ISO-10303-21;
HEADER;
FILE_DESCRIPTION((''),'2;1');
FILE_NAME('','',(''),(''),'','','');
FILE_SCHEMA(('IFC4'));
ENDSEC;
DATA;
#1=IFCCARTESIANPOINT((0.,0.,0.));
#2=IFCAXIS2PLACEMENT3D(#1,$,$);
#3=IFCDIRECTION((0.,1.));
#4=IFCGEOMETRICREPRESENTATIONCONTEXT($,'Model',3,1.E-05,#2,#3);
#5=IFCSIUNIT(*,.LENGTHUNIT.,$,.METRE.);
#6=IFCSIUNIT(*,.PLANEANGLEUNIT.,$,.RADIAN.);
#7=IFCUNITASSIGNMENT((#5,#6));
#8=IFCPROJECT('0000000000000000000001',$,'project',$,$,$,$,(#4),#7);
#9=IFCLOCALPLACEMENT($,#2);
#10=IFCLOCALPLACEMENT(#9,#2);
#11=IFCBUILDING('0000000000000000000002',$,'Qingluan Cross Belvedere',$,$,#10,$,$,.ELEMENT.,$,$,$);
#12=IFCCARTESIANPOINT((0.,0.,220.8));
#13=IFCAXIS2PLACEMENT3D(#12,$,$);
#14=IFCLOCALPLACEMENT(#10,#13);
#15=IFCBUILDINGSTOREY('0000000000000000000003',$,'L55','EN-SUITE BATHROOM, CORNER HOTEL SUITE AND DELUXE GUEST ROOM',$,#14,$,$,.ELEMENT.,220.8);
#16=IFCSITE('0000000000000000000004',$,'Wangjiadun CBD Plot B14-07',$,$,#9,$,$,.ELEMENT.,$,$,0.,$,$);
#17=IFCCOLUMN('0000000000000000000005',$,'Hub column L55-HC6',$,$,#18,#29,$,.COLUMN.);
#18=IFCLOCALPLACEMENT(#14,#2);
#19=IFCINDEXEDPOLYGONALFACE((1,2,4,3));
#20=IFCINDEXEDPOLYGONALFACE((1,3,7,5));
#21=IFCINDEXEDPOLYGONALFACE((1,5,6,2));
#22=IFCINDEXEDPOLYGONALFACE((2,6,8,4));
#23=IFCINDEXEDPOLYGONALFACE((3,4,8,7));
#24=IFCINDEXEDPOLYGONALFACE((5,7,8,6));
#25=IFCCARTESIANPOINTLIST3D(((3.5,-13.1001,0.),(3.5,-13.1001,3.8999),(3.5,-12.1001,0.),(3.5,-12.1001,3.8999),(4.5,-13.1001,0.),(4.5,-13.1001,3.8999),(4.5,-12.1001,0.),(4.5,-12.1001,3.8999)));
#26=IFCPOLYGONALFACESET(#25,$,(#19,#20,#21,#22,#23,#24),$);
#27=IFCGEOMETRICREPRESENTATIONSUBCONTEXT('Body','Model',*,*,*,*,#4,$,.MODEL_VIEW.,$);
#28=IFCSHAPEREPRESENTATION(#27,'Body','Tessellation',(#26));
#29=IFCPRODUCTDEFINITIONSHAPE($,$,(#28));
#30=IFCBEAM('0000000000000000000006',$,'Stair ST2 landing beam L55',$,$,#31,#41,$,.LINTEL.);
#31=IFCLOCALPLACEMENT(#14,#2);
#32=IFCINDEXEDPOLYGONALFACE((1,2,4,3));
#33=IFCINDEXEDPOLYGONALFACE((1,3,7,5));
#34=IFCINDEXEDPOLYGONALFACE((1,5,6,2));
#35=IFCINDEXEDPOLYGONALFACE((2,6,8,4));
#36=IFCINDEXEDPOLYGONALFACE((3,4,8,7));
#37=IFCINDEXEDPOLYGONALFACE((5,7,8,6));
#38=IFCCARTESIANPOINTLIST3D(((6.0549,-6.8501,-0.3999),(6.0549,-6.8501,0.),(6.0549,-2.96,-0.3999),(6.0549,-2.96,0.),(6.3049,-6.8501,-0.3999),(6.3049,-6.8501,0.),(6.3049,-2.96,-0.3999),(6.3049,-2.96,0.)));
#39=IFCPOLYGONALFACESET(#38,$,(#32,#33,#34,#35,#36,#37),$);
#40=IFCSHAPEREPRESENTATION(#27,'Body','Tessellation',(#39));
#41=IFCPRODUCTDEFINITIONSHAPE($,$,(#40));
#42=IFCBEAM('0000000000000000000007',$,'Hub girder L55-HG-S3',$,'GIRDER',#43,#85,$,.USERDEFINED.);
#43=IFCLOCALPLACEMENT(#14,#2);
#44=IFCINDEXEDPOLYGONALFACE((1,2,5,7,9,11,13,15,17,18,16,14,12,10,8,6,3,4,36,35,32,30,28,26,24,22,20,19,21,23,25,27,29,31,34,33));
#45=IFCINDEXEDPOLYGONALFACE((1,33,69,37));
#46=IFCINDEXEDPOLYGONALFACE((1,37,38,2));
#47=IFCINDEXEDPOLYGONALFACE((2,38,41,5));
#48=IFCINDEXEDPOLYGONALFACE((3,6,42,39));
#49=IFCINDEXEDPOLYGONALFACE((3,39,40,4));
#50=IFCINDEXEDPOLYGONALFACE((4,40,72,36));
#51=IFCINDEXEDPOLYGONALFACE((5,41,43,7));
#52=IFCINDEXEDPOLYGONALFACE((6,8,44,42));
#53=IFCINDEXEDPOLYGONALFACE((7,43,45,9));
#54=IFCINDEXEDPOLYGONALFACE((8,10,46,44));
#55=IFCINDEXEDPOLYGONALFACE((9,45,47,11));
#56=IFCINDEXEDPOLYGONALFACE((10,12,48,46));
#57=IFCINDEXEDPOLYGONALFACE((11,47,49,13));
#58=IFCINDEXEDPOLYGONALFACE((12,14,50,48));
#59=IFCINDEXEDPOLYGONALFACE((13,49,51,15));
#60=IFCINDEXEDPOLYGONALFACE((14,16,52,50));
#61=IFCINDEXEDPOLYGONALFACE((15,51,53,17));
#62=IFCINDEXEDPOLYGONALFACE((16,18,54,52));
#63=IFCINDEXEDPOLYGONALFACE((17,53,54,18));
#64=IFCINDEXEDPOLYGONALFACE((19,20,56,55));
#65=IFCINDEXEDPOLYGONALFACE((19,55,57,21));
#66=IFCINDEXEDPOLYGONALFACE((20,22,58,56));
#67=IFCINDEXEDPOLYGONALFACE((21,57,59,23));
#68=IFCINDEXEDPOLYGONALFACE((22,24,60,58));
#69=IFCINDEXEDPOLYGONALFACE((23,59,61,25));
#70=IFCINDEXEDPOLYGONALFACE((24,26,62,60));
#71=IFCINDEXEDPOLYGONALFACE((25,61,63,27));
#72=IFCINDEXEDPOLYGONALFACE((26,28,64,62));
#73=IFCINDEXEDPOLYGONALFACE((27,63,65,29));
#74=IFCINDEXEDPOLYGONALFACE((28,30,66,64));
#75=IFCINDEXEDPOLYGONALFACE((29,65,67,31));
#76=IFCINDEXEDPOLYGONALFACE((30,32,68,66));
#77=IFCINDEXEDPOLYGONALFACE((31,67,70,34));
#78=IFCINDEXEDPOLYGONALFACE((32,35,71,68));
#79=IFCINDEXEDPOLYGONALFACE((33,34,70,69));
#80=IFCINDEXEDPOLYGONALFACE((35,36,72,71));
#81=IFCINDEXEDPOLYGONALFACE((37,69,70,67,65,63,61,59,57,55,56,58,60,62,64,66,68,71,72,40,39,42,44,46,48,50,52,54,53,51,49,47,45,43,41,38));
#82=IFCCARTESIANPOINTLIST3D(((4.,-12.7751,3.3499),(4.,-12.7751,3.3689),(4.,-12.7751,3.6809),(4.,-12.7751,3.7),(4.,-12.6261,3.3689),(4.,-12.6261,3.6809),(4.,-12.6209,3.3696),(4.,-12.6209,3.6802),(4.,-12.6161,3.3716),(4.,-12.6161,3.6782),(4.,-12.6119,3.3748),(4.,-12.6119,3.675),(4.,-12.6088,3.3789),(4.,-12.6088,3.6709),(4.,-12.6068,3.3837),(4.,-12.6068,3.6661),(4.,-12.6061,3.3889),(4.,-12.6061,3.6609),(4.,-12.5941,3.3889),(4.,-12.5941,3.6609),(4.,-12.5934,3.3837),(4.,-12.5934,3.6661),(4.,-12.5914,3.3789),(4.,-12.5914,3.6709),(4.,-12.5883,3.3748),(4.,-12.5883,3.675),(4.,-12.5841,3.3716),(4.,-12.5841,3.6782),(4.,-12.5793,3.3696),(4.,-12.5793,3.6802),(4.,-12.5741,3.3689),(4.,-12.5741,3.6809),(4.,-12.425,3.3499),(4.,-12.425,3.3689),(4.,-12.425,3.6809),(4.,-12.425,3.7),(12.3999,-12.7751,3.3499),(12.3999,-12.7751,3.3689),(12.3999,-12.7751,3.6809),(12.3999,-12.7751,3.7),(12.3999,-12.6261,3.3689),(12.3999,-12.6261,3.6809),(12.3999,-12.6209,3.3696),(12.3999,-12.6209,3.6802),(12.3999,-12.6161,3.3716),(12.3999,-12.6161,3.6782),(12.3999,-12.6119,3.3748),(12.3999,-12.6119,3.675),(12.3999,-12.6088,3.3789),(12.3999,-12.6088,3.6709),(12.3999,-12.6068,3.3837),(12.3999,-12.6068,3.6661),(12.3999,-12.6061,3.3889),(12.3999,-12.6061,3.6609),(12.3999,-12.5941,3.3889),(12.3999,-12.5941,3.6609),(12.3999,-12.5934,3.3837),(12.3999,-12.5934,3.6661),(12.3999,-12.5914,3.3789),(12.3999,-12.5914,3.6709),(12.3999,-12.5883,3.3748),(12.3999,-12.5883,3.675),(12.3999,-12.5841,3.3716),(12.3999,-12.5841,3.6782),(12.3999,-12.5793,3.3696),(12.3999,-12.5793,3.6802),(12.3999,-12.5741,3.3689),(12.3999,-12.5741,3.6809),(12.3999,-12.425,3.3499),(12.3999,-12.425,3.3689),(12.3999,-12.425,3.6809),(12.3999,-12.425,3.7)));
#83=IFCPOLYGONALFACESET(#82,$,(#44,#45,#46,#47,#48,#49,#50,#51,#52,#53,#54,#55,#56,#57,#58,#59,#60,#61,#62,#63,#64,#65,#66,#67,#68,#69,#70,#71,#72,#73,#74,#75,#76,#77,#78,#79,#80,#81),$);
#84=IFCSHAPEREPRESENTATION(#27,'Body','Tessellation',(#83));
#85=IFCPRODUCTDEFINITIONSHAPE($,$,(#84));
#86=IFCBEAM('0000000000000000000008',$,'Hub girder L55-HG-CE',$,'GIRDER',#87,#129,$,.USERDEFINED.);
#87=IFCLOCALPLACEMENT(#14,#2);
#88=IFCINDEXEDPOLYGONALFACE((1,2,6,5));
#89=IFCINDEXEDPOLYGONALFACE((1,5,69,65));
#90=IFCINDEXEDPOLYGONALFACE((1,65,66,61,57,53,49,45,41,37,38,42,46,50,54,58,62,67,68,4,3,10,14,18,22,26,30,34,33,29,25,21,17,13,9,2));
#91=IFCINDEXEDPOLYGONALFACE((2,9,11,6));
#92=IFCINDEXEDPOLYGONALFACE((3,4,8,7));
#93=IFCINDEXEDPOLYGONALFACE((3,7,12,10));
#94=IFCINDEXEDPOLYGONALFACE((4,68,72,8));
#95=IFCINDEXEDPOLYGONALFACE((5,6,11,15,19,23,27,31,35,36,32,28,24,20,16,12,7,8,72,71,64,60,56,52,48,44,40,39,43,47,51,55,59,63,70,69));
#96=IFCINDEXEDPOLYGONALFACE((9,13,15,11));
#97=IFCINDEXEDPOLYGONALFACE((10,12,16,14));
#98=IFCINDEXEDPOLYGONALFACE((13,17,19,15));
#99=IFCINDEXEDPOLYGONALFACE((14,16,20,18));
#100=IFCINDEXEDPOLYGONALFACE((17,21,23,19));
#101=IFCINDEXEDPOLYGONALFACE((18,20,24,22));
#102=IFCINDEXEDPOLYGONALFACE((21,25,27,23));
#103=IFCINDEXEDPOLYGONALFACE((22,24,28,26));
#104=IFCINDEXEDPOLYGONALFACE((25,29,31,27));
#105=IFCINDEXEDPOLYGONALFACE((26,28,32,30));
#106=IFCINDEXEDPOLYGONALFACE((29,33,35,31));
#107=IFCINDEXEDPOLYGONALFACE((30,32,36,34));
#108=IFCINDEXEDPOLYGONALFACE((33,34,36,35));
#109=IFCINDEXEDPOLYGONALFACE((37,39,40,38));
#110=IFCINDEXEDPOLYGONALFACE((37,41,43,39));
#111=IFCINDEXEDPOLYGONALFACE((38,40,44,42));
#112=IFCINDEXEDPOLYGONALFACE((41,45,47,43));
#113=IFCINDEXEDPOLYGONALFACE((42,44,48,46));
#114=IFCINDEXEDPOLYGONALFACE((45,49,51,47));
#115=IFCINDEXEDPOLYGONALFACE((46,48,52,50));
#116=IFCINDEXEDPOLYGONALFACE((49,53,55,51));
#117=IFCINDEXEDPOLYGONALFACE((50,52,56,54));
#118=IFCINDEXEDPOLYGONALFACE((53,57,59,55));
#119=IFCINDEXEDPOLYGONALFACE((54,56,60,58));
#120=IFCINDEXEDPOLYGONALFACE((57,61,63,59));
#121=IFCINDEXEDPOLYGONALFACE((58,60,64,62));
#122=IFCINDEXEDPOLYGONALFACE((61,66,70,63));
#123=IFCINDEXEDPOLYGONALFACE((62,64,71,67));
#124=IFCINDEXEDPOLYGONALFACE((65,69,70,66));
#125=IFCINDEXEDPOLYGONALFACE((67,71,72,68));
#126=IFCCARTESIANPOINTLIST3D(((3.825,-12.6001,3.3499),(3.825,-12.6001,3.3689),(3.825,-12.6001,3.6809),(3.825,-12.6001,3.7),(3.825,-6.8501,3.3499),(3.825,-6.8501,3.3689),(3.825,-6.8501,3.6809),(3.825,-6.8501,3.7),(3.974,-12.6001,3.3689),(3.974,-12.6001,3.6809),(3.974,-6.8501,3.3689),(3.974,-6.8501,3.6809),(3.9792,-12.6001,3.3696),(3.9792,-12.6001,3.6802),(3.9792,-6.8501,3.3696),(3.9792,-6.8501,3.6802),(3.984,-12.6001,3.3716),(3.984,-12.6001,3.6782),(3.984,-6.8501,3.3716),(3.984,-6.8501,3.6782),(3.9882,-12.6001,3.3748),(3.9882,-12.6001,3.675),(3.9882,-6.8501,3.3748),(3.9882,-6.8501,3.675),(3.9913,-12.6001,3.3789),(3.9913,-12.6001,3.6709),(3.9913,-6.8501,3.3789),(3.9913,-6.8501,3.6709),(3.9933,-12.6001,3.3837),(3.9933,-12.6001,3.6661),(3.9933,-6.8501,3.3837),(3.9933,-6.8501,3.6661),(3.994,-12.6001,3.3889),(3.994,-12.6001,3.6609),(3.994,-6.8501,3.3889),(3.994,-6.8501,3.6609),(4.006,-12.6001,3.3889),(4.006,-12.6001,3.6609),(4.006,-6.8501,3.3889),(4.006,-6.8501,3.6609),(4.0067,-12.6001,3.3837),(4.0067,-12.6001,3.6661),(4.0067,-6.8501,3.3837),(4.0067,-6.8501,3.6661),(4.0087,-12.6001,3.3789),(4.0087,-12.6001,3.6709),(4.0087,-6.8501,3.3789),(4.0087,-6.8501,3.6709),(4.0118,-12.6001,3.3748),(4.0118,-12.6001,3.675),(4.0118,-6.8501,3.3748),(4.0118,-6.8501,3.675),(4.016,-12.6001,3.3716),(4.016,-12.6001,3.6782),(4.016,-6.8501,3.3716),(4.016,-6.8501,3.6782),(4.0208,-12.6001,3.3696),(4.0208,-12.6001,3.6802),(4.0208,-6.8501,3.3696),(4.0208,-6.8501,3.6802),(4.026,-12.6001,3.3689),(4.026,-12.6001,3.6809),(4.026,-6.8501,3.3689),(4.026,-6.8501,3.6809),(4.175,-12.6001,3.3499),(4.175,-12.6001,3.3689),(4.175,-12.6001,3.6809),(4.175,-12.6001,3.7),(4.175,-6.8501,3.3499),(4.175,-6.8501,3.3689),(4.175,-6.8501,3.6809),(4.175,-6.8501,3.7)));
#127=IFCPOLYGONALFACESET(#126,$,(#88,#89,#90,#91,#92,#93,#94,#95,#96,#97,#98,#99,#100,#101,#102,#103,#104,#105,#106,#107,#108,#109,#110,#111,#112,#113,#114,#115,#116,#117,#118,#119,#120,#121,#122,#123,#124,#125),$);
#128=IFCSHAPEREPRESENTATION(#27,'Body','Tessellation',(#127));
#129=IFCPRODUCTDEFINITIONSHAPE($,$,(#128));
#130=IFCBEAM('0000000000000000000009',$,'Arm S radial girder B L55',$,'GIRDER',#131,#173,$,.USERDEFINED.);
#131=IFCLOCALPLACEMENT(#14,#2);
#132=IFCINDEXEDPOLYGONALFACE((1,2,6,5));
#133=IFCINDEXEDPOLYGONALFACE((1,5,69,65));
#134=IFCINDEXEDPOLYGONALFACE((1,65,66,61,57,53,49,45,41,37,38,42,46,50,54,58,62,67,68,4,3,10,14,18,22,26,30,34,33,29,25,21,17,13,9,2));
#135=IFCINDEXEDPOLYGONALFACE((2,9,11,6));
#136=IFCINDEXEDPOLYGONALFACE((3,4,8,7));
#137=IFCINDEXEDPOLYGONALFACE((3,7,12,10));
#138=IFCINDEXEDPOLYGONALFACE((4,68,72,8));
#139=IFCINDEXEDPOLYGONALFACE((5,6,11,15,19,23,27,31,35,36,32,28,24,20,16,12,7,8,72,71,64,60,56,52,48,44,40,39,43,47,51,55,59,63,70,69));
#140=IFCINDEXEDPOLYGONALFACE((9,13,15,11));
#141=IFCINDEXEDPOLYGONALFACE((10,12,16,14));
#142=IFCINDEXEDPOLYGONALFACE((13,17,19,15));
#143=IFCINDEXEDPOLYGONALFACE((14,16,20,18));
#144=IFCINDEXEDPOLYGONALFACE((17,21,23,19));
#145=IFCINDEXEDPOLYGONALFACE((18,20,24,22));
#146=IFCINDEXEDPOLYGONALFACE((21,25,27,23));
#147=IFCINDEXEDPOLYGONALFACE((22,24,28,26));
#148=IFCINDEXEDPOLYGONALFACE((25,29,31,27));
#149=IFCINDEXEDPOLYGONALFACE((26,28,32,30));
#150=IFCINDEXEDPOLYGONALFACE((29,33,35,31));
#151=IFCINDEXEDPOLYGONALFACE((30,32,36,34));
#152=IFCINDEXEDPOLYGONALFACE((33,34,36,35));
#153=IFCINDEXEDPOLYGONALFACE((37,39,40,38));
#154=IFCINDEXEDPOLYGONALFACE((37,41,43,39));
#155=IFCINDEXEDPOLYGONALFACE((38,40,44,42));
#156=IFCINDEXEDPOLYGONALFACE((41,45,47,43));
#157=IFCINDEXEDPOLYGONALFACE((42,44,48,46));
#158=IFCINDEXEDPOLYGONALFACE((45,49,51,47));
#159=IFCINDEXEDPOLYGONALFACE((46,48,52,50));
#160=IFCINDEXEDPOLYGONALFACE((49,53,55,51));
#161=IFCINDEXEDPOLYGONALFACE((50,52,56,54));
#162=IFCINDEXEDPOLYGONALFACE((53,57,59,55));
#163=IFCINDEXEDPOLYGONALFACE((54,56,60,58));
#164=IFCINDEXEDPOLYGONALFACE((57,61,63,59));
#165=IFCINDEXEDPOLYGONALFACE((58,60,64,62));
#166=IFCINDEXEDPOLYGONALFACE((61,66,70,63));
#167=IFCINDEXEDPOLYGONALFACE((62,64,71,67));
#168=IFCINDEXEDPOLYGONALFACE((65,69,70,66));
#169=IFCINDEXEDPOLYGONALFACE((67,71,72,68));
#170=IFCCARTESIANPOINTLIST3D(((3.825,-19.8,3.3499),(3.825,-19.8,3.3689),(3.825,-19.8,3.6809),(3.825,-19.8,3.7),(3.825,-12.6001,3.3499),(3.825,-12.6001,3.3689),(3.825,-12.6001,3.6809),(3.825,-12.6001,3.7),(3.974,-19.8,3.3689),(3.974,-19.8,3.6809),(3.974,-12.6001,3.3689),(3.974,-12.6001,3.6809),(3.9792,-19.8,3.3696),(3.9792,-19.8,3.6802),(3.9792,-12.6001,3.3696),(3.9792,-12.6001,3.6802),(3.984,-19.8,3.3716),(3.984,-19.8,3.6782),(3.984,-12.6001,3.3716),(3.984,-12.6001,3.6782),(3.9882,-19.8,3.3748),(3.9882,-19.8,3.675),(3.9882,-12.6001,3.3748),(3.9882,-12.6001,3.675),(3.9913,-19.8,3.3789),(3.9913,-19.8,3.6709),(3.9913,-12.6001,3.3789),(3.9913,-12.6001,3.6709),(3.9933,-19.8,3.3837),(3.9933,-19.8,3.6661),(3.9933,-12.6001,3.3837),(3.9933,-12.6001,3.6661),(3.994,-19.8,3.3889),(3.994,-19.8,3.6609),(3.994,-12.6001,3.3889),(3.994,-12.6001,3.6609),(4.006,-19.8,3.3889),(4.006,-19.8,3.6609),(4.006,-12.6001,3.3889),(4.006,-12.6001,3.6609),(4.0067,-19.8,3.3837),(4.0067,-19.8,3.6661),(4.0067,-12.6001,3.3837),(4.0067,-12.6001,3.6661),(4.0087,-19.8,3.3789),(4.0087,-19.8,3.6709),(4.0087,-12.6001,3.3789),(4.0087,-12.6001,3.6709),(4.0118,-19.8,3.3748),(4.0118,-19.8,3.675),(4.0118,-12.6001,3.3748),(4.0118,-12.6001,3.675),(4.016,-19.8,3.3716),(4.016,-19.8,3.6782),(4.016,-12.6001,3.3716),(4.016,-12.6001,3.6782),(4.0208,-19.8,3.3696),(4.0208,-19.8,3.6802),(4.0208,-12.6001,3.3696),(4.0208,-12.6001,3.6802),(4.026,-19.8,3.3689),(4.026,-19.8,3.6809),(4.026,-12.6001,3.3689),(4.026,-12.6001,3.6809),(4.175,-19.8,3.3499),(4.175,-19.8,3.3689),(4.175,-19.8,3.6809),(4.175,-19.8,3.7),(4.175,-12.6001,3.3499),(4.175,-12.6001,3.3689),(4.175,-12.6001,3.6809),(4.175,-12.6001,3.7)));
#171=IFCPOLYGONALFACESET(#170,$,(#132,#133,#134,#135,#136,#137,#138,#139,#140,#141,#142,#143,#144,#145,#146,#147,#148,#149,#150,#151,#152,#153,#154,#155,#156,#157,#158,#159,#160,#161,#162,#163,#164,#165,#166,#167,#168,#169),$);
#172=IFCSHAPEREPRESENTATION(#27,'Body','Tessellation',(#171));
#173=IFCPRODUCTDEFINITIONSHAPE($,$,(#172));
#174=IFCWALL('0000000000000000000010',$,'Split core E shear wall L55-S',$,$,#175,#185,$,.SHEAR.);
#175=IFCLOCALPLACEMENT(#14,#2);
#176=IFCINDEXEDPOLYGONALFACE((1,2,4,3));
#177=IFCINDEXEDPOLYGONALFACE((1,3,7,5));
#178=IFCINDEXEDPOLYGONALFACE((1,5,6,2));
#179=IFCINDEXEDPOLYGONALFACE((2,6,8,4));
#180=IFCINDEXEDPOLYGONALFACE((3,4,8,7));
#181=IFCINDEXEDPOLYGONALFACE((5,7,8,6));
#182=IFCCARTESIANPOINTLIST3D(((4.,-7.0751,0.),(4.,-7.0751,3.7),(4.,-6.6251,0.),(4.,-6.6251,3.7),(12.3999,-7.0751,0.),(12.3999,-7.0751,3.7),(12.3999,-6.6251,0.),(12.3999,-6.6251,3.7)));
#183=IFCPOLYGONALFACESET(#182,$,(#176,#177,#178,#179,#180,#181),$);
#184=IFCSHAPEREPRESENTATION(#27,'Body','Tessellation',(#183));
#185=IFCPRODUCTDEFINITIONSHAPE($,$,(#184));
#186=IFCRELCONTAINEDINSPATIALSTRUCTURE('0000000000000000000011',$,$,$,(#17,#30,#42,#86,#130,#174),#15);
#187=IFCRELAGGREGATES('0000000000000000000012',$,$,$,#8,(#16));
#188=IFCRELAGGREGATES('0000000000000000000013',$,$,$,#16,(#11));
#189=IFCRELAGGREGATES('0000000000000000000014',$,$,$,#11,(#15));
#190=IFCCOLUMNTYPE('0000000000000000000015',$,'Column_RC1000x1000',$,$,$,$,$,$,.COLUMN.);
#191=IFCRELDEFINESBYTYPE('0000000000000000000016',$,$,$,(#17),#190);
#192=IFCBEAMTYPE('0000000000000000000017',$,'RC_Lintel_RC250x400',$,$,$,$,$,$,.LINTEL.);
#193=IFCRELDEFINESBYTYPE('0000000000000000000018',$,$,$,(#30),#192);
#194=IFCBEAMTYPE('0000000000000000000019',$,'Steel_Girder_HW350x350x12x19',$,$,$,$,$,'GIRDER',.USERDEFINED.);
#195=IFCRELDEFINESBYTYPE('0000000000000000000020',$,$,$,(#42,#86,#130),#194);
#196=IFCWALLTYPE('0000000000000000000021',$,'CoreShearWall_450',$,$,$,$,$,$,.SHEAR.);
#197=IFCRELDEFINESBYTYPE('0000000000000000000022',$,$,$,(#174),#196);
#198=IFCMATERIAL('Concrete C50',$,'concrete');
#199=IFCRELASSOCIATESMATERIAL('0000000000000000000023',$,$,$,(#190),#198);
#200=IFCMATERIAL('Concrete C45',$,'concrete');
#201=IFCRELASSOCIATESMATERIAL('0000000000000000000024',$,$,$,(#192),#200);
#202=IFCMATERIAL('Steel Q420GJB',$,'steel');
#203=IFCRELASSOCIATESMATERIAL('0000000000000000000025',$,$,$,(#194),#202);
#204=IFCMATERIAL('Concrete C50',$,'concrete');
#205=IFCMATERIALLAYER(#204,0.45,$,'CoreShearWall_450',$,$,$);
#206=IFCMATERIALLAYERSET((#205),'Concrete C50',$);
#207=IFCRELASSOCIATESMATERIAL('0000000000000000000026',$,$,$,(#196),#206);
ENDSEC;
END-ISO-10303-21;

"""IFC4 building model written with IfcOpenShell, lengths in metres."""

from ifc_helpers import new_model, si_unit, direction, frame, frame_2d, origin, origin_2d, place, context, subcontext, project, spatial, rectangle, i_section, extrude, material, layer, layer_set, material_profile, profile_set, type_object, element, save


model = new_model("IFC4")

# Units and contexts
model_context = context("Model", 3, precision=1e-05, world=origin(), true_north=direction((0.0, 1.0)))
body_context = subcontext(model_context, "Body", "Model", "MODEL_VIEW")
ifc_project = project(units=[si_unit("LENGTHUNIT", "METRE"), si_unit("PLANEANGLEUNIT", "RADIAN")], contexts=[model_context])

# Site, building, storey
site_placement = place(None, origin())
site = spatial("IfcSite", under=ifc_project, at=site_placement, Name="Wangjiadun CBD Plot B14-07", CompositionType="ELEMENT", RefElevation=0.0)
building_placement = place(site_placement, origin())
building = spatial("IfcBuilding", under=site, at=building_placement, Name="Qingluan Cross Belvedere", CompositionType="ELEMENT")
storey_placement = place(building_placement, frame((0.0, 0.0, 220.8)))
storey = spatial("IfcBuildingStorey", under=building, at=storey_placement, Name="L55", Description="EN-SUITE BATHROOM, CORNER HOTEL SUITE AND DELUXE GUEST ROOM", CompositionType="ELEMENT", Elevation=220.8)

# Column
ifc_material_1 = material(Name="Concrete C50", Category="concrete")
ifc_material_profile_1 = material_profile(ifc_material_1, rectangle(XDim=1.0, YDim=1.0, at=origin_2d()), Name="RC1000x1000")
ifc_profile_set_1 = profile_set([ifc_material_profile_1], Name="Concrete C50")
column_type = type_object("IfcColumnType", Name="Column_RC1000x1000", PredefinedType="COLUMN", material=ifc_profile_set_1)
column_placement = place(storey_placement, frame((4.0, -12.6001, 0.0), z_axis=(0.0, 0.0, 1.0), x_axis=(1.0, 0.0, 0.0)))
element("IfcColumn", 1, at=column_placement, inside=storey, type_object=column_type, Name="Hub column L55-HC6", PredefinedType="COLUMN", context=body_context, shape_type="SweptSolid", body=[
    extrude(rectangle(XDim=1.0, YDim=1.0, at=origin_2d()), origin(), (0.0, 0.0, 1.0), 3.8999),
])

# Beams
ifc_material_2 = material(Name="Concrete C45", Category="concrete")
ifc_material_profile_2 = material_profile(ifc_material_2, rectangle(XDim=0.25, YDim=0.3999, at=origin_2d()), Name="RC250x400")
ifc_profile_set_2 = profile_set([ifc_material_profile_2], Name="Concrete C45")
beam_type_1 = type_object("IfcBeamType", Name="RC_Lintel_RC250x400", PredefinedType="LINTEL", material=ifc_profile_set_2)
beam_1_placement = place(storey_placement, frame((6.1799, -6.8501, -0.2), z_axis=(0.0, 1.0, 0.0), x_axis=(-1.0, 0.0, 0.0)))
element("IfcBeam", 2, at=beam_1_placement, inside=storey, type_object=beam_type_1, Name="Stair ST2 landing beam L55", PredefinedType="LINTEL", context=body_context, shape_type="SweptSolid", body=[
    extrude(rectangle(XDim=0.25, YDim=0.3999, at=origin_2d()), origin(), (0.0, 0.0, 1.0), 3.8901),
])
ifc_material_3 = material(Name="Steel Q420GJB", Category="steel")
ifc_material_profile_3 = material_profile(ifc_material_3, i_section(OverallWidth=0.3501, OverallDepth=0.3501, WebThickness=0.012, FlangeThickness=0.019, FilletRadius=0.02, at=origin_2d()), Name="HW350x350x12x19")
ifc_profile_set_3 = profile_set([ifc_material_profile_3], Name="Steel Q420GJB")
beam_type_2 = type_object("IfcBeamType", Name="Steel_Girder_HW350x350x12x19", ElementType="GIRDER", PredefinedType="USERDEFINED", material=ifc_profile_set_3)
beam_2_placement = place(storey_placement, frame((4.0, -12.6001, 3.5249), z_axis=(1.0, 0.0, 0.0), x_axis=(0.0, 1.0, 0.0)))
element("IfcBeam", 3, at=beam_2_placement, inside=storey, type_object=beam_type_2, Name="Hub girder L55-HG-S3", ObjectType="GIRDER", PredefinedType="USERDEFINED", context=body_context, shape_type="SweptSolid", body=[
    extrude(i_section(OverallWidth=0.3501, OverallDepth=0.3501, WebThickness=0.012, FlangeThickness=0.019, FilletRadius=0.02, at=origin_2d()), origin(), (0.0, 0.0, 1.0), 8.3999),
])
beam_3_placement = place(storey_placement, frame((4.0, -12.6001, 3.5249), z_axis=(0.0, 1.0, 0.0), x_axis=(-1.0, 0.0, 0.0)))
element("IfcBeam", 4, at=beam_3_placement, inside=storey, type_object=beam_type_2, Name="Hub girder L55-HG-CE", ObjectType="GIRDER", PredefinedType="USERDEFINED", context=body_context, shape_type="SweptSolid", body=[
    extrude(i_section(OverallWidth=0.3501, OverallDepth=0.3501, WebThickness=0.012, FlangeThickness=0.019, FilletRadius=0.02, at=origin_2d()), origin(), (0.0, 0.0, 1.0), 5.75),
])
beam_4_placement = place(storey_placement, frame((4.0, -12.6001, 3.5249), z_axis=(0.0, -1.0, 0.0), x_axis=(1.0, 0.0, 0.0)))
element("IfcBeam", 5, at=beam_4_placement, inside=storey, type_object=beam_type_2, Name="Arm S radial girder B L55", ObjectType="GIRDER", PredefinedType="USERDEFINED", context=body_context, shape_type="SweptSolid", body=[
    extrude(i_section(OverallWidth=0.3501, OverallDepth=0.3501, WebThickness=0.012, FlangeThickness=0.019, FilletRadius=0.02, at=origin_2d()), origin(), (0.0, 0.0, 1.0), 7.2),
])

# Wall
ifc_material_4 = material(Name="Concrete C50", Category="concrete")
ifc_layer_1 = layer(ifc_material_4, 0.45, Name="CoreShearWall_450")
ifc_layer_set_1 = layer_set([ifc_layer_1], Name="Concrete C50")
wall_type_1 = type_object("IfcWallType", Name="CoreShearWall_450", PredefinedType="SHEAR", material=ifc_layer_set_1)
wall_1_placement = place(storey_placement, frame((4.0, -6.8501, 0.0), z_axis=(0.0, 0.0, 1.0), x_axis=(1.0, 0.0, 0.0)))
element("IfcWall", 6, at=wall_1_placement, inside=storey, type_object=wall_type_1, Name="Split core E shear wall L55-S", PredefinedType="SHEAR", context=body_context, shape_type="SweptSolid", body=[
    extrude(rectangle(XDim=8.3999, YDim=0.45, at=frame_2d((4.2, 0.0))), origin(), (0.0, 0.0, 1.0), 3.7),
])

save(model, "model.ifc")
